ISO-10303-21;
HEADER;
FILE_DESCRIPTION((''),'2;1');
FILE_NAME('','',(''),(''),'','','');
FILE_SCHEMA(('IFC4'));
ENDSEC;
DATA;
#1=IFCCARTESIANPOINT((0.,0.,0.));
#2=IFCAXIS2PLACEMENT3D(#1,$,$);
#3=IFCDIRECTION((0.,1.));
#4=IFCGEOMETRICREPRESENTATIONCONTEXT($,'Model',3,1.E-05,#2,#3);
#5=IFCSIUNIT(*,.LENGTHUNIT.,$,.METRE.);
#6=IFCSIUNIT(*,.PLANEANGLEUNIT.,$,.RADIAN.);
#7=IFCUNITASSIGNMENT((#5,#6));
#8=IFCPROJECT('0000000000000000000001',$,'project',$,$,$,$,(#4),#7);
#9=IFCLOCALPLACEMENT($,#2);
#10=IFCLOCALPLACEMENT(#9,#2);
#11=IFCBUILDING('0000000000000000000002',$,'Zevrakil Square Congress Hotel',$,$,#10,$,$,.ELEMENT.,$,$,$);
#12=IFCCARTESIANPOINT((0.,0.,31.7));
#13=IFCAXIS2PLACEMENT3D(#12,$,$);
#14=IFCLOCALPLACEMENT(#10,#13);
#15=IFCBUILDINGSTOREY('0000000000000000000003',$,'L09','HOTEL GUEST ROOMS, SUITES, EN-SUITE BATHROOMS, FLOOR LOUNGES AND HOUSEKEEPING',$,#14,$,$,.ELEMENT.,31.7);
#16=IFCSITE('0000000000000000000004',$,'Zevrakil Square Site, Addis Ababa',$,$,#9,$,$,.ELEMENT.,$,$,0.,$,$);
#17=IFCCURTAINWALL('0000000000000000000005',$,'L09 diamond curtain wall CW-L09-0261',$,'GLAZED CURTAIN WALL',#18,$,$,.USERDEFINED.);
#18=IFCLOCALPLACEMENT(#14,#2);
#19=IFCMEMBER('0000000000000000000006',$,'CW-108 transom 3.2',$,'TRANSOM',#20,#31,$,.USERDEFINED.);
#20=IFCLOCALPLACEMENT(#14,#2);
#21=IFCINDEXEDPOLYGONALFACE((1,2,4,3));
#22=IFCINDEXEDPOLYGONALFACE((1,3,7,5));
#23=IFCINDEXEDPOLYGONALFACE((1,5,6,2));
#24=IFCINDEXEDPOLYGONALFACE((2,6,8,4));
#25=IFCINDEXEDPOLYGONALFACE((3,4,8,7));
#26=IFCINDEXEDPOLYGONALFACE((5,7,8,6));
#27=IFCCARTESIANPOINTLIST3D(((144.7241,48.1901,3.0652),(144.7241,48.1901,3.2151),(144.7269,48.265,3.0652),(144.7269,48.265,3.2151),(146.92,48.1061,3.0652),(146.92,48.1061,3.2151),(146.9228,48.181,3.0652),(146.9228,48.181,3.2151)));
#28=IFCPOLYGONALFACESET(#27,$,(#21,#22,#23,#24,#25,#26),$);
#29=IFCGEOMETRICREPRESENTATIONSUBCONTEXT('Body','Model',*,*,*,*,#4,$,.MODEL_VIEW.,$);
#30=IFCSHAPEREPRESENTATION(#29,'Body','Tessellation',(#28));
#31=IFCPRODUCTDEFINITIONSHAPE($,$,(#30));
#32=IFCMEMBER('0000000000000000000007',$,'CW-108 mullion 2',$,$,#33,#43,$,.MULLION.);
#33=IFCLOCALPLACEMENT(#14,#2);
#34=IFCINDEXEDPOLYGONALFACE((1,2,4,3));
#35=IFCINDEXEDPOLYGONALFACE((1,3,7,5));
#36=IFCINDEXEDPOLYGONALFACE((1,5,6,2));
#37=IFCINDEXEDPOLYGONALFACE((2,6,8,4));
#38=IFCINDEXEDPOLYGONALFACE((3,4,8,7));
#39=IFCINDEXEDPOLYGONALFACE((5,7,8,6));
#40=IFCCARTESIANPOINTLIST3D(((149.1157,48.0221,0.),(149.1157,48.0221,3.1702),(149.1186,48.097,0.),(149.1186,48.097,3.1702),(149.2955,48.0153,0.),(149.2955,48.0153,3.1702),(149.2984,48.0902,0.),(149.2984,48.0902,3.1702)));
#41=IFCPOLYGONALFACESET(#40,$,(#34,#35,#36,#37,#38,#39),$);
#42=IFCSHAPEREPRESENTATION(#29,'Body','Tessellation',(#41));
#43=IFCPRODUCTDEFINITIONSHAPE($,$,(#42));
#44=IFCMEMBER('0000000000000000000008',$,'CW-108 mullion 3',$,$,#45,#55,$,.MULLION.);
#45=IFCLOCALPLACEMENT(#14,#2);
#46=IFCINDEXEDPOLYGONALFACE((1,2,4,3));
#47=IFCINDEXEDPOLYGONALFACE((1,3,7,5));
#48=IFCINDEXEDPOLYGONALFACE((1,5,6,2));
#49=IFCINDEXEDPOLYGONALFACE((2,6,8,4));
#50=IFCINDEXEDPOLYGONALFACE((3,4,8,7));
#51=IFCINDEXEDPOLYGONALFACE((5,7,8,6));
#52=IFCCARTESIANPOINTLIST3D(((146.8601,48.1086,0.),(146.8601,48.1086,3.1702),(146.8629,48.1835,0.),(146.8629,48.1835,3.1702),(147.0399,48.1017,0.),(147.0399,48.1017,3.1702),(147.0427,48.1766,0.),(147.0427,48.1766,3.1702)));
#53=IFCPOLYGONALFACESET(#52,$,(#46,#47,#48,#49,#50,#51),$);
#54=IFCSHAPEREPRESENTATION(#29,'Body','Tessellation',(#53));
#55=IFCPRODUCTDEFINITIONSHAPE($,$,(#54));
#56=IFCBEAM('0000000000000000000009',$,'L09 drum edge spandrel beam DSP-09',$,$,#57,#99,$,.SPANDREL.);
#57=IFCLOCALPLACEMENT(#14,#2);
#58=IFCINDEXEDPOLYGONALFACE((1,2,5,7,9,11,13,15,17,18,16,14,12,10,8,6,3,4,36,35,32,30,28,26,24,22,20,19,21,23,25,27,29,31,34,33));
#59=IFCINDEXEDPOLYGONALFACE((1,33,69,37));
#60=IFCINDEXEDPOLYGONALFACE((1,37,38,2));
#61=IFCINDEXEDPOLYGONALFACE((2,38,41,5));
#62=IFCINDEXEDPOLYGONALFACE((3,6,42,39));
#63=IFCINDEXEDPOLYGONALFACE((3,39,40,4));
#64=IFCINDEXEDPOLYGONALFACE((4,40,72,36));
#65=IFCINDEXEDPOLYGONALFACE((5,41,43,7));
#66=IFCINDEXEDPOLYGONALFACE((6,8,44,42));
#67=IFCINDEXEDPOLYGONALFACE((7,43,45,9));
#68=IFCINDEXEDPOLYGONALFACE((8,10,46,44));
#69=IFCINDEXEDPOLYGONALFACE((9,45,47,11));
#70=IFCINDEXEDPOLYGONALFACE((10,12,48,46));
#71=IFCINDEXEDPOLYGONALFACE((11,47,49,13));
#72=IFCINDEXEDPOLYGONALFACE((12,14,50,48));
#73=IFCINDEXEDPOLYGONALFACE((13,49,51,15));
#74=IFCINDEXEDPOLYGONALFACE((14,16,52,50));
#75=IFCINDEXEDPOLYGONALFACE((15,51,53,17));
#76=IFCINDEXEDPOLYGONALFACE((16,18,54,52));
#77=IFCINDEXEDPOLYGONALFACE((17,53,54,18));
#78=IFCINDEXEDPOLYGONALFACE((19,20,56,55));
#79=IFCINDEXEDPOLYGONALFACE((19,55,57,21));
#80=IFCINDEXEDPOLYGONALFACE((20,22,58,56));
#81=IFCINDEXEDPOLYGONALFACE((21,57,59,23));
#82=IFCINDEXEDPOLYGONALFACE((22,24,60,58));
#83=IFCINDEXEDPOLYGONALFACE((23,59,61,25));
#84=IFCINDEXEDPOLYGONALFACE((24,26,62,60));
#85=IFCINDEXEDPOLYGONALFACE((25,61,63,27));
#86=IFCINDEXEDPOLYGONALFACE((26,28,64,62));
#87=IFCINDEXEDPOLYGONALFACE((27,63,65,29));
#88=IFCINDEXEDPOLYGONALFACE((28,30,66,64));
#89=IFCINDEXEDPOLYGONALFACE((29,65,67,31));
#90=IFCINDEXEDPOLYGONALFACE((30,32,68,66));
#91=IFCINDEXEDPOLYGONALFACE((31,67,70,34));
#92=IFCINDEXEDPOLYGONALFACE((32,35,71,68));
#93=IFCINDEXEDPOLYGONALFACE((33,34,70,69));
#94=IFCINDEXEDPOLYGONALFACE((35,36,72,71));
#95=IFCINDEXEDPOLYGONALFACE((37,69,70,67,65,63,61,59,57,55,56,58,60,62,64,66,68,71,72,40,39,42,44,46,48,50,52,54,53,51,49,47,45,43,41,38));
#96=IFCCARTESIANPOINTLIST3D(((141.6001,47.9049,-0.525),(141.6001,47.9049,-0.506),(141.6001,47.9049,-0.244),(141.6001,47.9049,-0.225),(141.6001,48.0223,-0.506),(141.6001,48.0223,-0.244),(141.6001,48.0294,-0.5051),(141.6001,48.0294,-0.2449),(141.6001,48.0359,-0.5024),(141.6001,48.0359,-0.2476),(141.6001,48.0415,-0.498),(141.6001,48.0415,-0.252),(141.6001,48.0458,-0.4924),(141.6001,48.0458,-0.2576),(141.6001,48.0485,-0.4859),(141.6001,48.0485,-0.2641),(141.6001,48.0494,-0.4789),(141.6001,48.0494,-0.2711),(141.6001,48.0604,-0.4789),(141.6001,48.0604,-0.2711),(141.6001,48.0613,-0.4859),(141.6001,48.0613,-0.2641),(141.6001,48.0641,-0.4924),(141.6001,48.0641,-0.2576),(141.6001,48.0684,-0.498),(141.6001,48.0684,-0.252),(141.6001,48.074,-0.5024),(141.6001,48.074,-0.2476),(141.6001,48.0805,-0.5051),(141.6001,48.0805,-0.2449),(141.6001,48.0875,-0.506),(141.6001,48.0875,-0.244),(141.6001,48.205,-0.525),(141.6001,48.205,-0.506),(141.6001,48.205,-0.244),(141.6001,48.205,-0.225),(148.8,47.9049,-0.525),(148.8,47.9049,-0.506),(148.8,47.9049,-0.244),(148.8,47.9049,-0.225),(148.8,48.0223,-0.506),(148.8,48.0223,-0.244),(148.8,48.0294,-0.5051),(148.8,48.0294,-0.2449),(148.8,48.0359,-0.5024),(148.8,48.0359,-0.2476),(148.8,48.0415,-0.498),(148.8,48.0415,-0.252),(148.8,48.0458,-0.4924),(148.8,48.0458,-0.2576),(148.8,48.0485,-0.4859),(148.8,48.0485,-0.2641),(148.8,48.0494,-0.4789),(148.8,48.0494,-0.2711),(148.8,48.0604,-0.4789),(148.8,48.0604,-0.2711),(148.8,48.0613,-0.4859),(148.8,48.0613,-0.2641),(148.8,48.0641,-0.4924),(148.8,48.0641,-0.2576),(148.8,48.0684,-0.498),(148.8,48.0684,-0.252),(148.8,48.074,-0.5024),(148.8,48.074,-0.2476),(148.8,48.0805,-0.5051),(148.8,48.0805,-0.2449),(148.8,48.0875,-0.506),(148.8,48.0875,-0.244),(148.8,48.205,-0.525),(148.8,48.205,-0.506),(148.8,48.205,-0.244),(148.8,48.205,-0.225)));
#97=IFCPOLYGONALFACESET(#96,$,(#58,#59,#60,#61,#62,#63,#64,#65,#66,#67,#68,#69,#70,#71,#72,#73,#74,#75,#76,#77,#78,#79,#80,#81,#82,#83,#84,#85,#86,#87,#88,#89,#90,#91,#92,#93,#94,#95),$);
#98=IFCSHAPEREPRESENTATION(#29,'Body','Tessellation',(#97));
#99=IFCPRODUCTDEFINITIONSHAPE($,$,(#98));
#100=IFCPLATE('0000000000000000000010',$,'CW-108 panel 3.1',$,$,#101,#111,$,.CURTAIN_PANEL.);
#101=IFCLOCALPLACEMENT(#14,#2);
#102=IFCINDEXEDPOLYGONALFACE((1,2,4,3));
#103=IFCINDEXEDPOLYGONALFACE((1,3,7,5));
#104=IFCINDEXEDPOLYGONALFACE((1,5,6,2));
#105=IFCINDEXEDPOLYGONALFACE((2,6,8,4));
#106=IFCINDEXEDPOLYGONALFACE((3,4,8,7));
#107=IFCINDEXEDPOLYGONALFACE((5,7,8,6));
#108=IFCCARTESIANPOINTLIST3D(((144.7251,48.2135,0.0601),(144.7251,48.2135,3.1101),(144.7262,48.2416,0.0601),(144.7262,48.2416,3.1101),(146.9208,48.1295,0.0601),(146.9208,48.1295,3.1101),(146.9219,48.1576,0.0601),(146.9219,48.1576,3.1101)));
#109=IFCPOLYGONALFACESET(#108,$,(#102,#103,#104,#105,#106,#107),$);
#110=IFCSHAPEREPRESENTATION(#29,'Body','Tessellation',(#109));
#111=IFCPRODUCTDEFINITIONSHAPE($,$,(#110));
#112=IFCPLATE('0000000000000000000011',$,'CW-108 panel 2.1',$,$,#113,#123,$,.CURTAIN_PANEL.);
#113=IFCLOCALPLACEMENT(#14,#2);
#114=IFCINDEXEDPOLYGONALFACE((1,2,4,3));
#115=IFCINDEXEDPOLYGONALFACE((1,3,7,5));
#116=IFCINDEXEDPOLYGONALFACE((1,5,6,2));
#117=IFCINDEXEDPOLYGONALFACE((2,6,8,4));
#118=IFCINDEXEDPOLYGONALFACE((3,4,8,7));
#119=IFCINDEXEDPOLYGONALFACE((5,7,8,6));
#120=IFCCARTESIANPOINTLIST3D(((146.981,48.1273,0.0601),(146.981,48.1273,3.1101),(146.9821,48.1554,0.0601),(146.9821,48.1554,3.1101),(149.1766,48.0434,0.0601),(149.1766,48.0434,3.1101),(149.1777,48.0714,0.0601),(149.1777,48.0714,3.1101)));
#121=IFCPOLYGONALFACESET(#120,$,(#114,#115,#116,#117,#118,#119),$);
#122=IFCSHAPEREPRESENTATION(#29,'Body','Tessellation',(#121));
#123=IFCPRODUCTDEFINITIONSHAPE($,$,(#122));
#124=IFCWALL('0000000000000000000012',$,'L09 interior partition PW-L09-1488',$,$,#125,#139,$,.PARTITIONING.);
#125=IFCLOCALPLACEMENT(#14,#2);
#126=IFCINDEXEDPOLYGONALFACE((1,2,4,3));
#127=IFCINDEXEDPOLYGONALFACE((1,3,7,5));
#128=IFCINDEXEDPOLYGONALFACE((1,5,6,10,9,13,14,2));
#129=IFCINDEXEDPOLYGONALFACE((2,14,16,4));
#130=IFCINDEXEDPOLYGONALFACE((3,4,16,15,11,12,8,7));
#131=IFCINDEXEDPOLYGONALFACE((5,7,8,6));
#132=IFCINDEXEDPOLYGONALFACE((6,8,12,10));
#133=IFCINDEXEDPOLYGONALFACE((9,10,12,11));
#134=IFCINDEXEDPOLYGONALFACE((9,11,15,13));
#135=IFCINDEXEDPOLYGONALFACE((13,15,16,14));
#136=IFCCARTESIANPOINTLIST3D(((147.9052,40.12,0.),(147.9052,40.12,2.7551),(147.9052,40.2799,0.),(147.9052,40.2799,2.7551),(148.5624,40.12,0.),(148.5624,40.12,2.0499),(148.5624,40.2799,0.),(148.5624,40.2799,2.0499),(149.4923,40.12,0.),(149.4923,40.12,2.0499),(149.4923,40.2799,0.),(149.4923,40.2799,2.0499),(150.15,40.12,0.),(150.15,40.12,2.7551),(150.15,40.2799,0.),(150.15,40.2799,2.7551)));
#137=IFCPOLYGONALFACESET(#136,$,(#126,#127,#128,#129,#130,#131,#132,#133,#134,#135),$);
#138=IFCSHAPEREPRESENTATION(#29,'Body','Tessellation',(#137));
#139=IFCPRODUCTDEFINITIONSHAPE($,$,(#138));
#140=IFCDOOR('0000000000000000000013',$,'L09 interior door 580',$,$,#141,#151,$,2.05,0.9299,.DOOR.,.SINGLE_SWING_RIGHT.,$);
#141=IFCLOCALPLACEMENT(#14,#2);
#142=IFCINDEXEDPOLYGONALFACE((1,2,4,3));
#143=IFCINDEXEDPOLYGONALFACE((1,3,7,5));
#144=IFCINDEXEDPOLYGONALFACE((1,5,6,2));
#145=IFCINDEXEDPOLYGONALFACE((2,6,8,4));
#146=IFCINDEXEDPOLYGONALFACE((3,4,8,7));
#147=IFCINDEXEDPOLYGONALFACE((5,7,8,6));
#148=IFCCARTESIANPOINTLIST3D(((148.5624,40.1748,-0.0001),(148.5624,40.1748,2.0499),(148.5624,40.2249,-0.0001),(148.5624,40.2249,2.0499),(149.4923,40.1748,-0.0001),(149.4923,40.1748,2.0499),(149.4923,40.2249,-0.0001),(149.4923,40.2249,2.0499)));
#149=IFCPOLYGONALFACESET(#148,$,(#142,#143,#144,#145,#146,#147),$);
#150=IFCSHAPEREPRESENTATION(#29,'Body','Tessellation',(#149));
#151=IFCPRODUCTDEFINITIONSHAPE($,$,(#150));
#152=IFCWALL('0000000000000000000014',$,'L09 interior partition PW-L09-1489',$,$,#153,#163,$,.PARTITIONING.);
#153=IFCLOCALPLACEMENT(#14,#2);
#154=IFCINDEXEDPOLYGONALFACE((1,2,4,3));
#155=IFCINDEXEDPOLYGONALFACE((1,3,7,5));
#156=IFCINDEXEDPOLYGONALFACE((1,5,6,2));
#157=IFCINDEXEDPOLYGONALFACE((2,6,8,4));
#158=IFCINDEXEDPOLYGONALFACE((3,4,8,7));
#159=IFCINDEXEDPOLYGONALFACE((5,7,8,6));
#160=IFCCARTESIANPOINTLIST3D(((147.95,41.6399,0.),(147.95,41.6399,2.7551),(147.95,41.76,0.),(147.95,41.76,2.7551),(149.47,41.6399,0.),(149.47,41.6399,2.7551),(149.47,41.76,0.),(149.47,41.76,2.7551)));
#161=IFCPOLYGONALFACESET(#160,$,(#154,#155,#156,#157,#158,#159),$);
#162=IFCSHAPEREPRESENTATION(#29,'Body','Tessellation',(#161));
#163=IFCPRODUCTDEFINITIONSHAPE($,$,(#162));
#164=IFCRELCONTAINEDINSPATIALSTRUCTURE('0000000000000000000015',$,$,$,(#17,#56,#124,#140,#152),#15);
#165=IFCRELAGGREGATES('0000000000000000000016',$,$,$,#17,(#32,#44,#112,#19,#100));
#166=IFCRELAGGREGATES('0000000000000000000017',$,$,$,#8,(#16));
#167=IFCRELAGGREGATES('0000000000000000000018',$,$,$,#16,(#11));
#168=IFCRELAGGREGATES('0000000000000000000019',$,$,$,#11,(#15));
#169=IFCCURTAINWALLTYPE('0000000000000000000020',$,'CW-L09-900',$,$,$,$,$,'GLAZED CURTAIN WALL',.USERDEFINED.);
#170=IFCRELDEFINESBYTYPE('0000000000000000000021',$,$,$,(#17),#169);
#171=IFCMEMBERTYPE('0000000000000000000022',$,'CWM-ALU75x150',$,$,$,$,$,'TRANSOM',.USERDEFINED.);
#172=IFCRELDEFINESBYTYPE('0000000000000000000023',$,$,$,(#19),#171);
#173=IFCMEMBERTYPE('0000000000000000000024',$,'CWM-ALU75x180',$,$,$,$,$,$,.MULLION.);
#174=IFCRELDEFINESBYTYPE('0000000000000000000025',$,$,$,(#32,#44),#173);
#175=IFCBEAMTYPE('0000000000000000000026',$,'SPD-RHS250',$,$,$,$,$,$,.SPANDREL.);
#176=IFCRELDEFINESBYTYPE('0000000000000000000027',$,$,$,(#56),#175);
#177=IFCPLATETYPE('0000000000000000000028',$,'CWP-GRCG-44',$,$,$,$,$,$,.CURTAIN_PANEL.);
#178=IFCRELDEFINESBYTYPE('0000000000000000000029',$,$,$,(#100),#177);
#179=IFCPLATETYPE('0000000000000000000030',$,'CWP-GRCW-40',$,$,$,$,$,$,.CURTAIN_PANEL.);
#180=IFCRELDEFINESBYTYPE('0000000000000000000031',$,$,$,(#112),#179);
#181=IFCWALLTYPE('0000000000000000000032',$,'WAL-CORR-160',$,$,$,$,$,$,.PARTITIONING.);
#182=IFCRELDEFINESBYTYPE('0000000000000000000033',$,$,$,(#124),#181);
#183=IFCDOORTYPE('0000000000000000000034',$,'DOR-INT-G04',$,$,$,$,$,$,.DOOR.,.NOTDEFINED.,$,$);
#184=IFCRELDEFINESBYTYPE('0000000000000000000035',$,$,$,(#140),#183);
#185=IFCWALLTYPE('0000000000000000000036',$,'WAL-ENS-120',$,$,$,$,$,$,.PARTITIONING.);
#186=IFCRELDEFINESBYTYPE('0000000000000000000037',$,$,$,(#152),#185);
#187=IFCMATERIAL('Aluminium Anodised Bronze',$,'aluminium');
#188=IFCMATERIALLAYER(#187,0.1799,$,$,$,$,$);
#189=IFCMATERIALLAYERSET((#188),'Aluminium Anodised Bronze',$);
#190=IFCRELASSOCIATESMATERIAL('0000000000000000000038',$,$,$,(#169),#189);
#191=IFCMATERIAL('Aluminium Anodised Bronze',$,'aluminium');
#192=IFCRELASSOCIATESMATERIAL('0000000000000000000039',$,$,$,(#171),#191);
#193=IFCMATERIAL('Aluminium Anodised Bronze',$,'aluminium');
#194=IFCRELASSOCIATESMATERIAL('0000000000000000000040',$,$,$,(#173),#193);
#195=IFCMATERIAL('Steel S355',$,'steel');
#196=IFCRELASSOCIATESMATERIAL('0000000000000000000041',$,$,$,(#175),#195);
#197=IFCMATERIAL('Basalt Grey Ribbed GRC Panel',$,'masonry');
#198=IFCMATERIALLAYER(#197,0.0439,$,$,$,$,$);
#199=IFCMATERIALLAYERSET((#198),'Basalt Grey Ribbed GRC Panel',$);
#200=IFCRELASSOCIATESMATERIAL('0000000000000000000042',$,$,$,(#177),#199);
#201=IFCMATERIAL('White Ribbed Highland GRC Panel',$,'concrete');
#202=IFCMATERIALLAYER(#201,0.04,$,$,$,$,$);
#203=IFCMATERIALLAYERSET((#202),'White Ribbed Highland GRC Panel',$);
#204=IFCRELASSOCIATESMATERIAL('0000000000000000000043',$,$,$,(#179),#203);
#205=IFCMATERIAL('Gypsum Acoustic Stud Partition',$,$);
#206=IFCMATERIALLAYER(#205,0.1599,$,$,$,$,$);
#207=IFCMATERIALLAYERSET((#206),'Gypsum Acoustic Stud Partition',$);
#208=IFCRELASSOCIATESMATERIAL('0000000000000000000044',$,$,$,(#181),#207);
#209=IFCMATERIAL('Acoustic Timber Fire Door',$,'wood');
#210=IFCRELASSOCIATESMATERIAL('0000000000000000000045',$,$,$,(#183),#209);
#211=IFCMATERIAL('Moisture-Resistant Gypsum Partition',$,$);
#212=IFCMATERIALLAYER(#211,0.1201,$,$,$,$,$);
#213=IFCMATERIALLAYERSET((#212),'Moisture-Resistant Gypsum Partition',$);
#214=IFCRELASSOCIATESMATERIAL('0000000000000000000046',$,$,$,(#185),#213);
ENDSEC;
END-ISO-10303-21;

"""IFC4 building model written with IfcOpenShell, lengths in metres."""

from ifc_helpers import new_model, si_unit, direction, frame, frame_2d, origin, origin_2d, place, context, subcontext, project, spatial, rectangle, i_section, extrude, material, layer, layer_set, material_profile, profile_set, type_object, element, fill, aggregate, save


model = new_model("IFC4")

# Units and contexts
model_context = context("Model", 3, precision=1e-05, world=origin(), true_north=direction((0.0, 1.0)))
body_context = subcontext(model_context, "Body", "Model", "MODEL_VIEW")
ifc_project = project(units=[si_unit("LENGTHUNIT", "METRE"), si_unit("PLANEANGLEUNIT", "RADIAN")], contexts=[model_context])

# Site, building, storey
site_placement = place(None, origin())
site = spatial("IfcSite", under=ifc_project, at=site_placement, Name="Zevrakil Square Site, Addis Ababa", CompositionType="ELEMENT", RefElevation=0.0)
building_placement = place(site_placement, origin())
building = spatial("IfcBuilding", under=site, at=building_placement, Name="Zevrakil Square Congress Hotel", CompositionType="ELEMENT")
storey_placement = place(building_placement, frame((0.0, 0.0, 31.7)))
storey = spatial("IfcBuildingStorey", under=building, at=storey_placement, Name="L09", Description="HOTEL GUEST ROOMS, SUITES, EN-SUITE BATHROOMS, FLOOR LOUNGES AND HOUSEKEEPING", CompositionType="ELEMENT", Elevation=31.7)

# Curtain wall, members
ifc_material_1 = material(Name="Aluminium Anodised Bronze", Category="aluminium")
ifc_layer_1 = layer(ifc_material_1, 0.1799)
ifc_layer_set_1 = layer_set([ifc_layer_1], Name="Aluminium Anodised Bronze")
curtain_wall_type = type_object("IfcCurtainWallType", Name="CW-L09-900", ElementType="GLAZED CURTAIN WALL", PredefinedType="USERDEFINED", material=ifc_layer_set_1)
curtain_wall_placement = place(storey_placement, origin())
curtain_wall = element("IfcCurtainWall", 1, at=curtain_wall_placement, inside=storey, type_object=curtain_wall_type, Name="L09 diamond curtain wall CW-L09-0261", ObjectType="GLAZED CURTAIN WALL", PredefinedType="USERDEFINED")
ifc_material_2 = material(Name="Aluminium Anodised Bronze", Category="aluminium")
ifc_material_profile_1 = material_profile(ifc_material_2, rectangle(XDim=0.075, YDim=0.1499, at=origin_2d()), Name="ALU 75x150")
ifc_profile_set_1 = profile_set([ifc_material_profile_1], Name="Aluminium Anodised Bronze")
member_type_1 = type_object("IfcMemberType", Name="CWM-ALU75x150", ElementType="TRANSOM", PredefinedType="USERDEFINED", material=ifc_profile_set_1)
member_1_placement = place(storey_placement, frame((146.9214, 48.1436, 3.1401), z_axis=(-0.999269, 0.03822, 0.0), x_axis=(-0.03822, -0.999269, 0.0)))
member_1 = element("IfcMember", 2, at=member_1_placement, type_object=member_type_1, Name="CW-108 transom 3.2", ObjectType="TRANSOM", PredefinedType="USERDEFINED", context=body_context, shape_type="SweptSolid", body=[
    extrude(rectangle(XDim=0.075, YDim=0.1499, at=origin_2d()), origin(), (0.0, 0.0, 1.0), 2.1975),
])
ifc_material_3 = material(Name="Aluminium Anodised Bronze", Category="aluminium")
ifc_material_profile_2 = material_profile(ifc_material_3, rectangle(XDim=0.075, YDim=0.1799, at=origin_2d()), Name="ALU 75x180")
ifc_profile_set_2 = profile_set([ifc_material_profile_2], Name="Aluminium Anodised Bronze")
member_type_2 = type_object("IfcMemberType", Name="CWM-ALU75x180", PredefinedType="MULLION", material=ifc_profile_set_2)
member_2_placement = place(storey_placement, frame((149.207, 48.0562, 0.0), z_axis=(0.0, 0.0, 1.0), x_axis=(-0.038209, -0.99927, 0.0)))
member_2 = element("IfcMember", 3, at=member_2_placement, type_object=member_type_2, Name="CW-108 mullion 2", PredefinedType="MULLION", context=body_context, shape_type="SweptSolid", body=[
    extrude(rectangle(XDim=0.075, YDim=0.1799, at=origin_2d()), origin(), (0.0, 0.0, 1.0), 3.1702),
])
member_3_placement = place(storey_placement, frame((146.9514, 48.1426, 0.0), z_axis=(0.0, 0.0, 1.0), x_axis=(-0.038209, -0.99927, 0.0)))
member_3 = element("IfcMember", 4, at=member_3_placement, type_object=member_type_2, Name="CW-108 mullion 3", PredefinedType="MULLION", context=body_context, shape_type="SweptSolid", body=[
    extrude(rectangle(XDim=0.075, YDim=0.1799, at=origin_2d()), origin(), (0.0, 0.0, 1.0), 3.1702),
])

# Beam
ifc_material_4 = material(Name="Steel S355", Category="steel")
ifc_material_profile_3 = material_profile(ifc_material_4, i_section(OverallWidth=0.3, OverallDepth=0.3, WebThickness=0.011, FlangeThickness=0.019, FilletRadius=0.0271, at=origin_2d()), Name="HEB 300")
ifc_profile_set_3 = profile_set([ifc_material_profile_3], Name="Steel S355")
beam_type_1 = type_object("IfcBeamType", Name="SPD-RHS250", PredefinedType="SPANDREL", material=ifc_profile_set_3)
beam_1_placement = place(storey_placement, frame((148.8, 48.0549, -0.375), z_axis=(-1.0, 0.0, 0.0), x_axis=(0.0, -1.0, 0.0)))
element("IfcBeam", 5, at=beam_1_placement, inside=storey, type_object=beam_type_1, Name="L09 drum edge spandrel beam DSP-09", PredefinedType="SPANDREL", context=body_context, shape_type="SweptSolid", body=[
    extrude(i_section(OverallWidth=0.3, OverallDepth=0.3, WebThickness=0.011, FlangeThickness=0.019, FilletRadius=0.0271, at=origin_2d()), origin(), (0.0, 0.0, 1.0), 7.2),
])

# Plates
ifc_material_5 = material(Name="Basalt Grey Ribbed GRC Panel", Category="masonry")
ifc_layer_2 = layer(ifc_material_5, 0.0439)
ifc_layer_set_2 = layer_set([ifc_layer_2], Name="Basalt Grey Ribbed GRC Panel")
plate_type_1 = type_object("IfcPlateType", Name="CWP-GRCG-44", PredefinedType="CURTAIN_PANEL", material=ifc_layer_set_2)
plate_1_placement = place(storey_placement, frame((145.8235, 48.1855, 0.0601), z_axis=(0.0, 0.0, 1.0), x_axis=(-0.99927, 0.038209, 0.0)))
plate_1 = element("IfcPlate", 6, at=plate_1_placement, type_object=plate_type_1, Name="CW-108 panel 3.1", PredefinedType="CURTAIN_PANEL", context=body_context, shape_type="SweptSolid", body=[
    extrude(rectangle(XDim=2.1973, YDim=0.0281, at=origin_2d()), origin(), (0.0, 0.0, 1.0), 3.05),
])
ifc_material_6 = material(Name="White Ribbed Highland GRC Panel", Category="concrete")
ifc_layer_3 = layer(ifc_material_6, 0.04)
ifc_layer_set_3 = layer_set([ifc_layer_3], Name="White Ribbed Highland GRC Panel")
plate_type_2 = type_object("IfcPlateType", Name="CWP-GRCW-40", PredefinedType="CURTAIN_PANEL", material=ifc_layer_set_3)
plate_2_placement = place(storey_placement, frame((148.0793, 48.0994, 0.0601), z_axis=(0.0, 0.0, 1.0), x_axis=(-0.99927, 0.038209, 0.0)))
plate_2 = element("IfcPlate", 7, at=plate_2_placement, type_object=plate_type_2, Name="CW-108 panel 2.1", PredefinedType="CURTAIN_PANEL", context=body_context, shape_type="SweptSolid", body=[
    extrude(rectangle(XDim=2.1973, YDim=0.0281, at=origin_2d()), origin(), (0.0, 0.0, 1.0), 3.05),
])
aggregate(curtain_wall, [member_2, member_3, plate_2, member_1, plate_1])

# Wall, opening, door
ifc_material_7 = material(Name="Gypsum Acoustic Stud Partition")
ifc_layer_4 = layer(ifc_material_7, 0.1599)
ifc_layer_set_4 = layer_set([ifc_layer_4], Name="Gypsum Acoustic Stud Partition")
wall_type_1 = type_object("IfcWallType", Name="WAL-CORR-160", PredefinedType="PARTITIONING", material=ifc_layer_set_4)
wall_1_placement = place(storey_placement, frame((147.905, 40.2, 0.0), z_axis=(0.0, 0.0, 1.0), x_axis=(1.0, 0.0, 0.0)))
wall_1 = element("IfcWall", 8, at=wall_1_placement, inside=storey, type_object=wall_type_1, Name="L09 interior partition PW-L09-1488", PredefinedType="PARTITIONING", context=body_context, shape_type="SweptSolid", body=[
    extrude(rectangle(XDim=2.2449, YDim=0.1599, at=frame_2d((1.1226, 0.0))), origin(), (0.0, 0.0, 1.0), 2.7551),
])
opening_1_placement = place(wall_1_placement, frame((0.6575, 0.0, 0.0)))
opening_1 = element("IfcOpeningElement", 9, at=opening_1_placement, cuts=wall_1, PredefinedType="OPENING", context=body_context, shape_type="SweptSolid", body=[
    extrude(rectangle(XDim=0.9299, YDim=2.05, at=frame_2d((0.4648, 1.0249))), frame((0.0, 0.0898, 0.0), z_axis=(0.0, -1.0, 0.0), x_axis=(1.0, 0.0, 0.0)), (0.0, 0.0, 1.0), 0.1799),
])
ifc_material_8 = material(Name="Acoustic Timber Fire Door", Category="wood")
door_type_1 = type_object("IfcDoorType", Name="DOR-INT-G04", OperationType="NOTDEFINED", PredefinedType="DOOR", material=ifc_material_8)
door_1_placement = place(opening_1_placement, origin())
door_1 = element("IfcDoor", 10, at=door_1_placement, inside=storey, type_object=door_type_1, Name="L09 interior door 580", OperationType="SINGLE_SWING_RIGHT", OverallHeight=2.05, OverallWidth=0.9299, PredefinedType="DOOR", context=body_context, shape_type="SweptSolid", body=[
    extrude(rectangle(XDim=0.9299, YDim=2.05, at=frame_2d((0.4648, 1.0249))), frame((0.0, 0.0249, 0.0), z_axis=(0.0, -1.0, 0.0), x_axis=(1.0, 0.0, 0.0)), (0.0, 0.0, 1.0), 0.05),
])
fill(opening_1, door_1)

# Wall
ifc_material_9 = material(Name="Moisture-Resistant Gypsum Partition")
ifc_layer_5 = layer(ifc_material_9, 0.1201)
ifc_layer_set_5 = layer_set([ifc_layer_5], Name="Moisture-Resistant Gypsum Partition")
wall_type_2 = type_object("IfcWallType", Name="WAL-ENS-120", PredefinedType="PARTITIONING", material=ifc_layer_set_5)
wall_2_placement = place(storey_placement, frame((147.95, 41.7, 0.0), z_axis=(0.0, 0.0, 1.0), x_axis=(1.0, 0.0, 0.0)))
element("IfcWall", 11, at=wall_2_placement, inside=storey, type_object=wall_type_2, Name="L09 interior partition PW-L09-1489", PredefinedType="PARTITIONING", context=body_context, shape_type="SweptSolid", body=[
    extrude(rectangle(XDim=1.52, YDim=0.1201, at=frame_2d((0.76, 0.0))), origin(), (0.0, 0.0, 1.0), 2.7551),
])

save(model, "model.ifc")
